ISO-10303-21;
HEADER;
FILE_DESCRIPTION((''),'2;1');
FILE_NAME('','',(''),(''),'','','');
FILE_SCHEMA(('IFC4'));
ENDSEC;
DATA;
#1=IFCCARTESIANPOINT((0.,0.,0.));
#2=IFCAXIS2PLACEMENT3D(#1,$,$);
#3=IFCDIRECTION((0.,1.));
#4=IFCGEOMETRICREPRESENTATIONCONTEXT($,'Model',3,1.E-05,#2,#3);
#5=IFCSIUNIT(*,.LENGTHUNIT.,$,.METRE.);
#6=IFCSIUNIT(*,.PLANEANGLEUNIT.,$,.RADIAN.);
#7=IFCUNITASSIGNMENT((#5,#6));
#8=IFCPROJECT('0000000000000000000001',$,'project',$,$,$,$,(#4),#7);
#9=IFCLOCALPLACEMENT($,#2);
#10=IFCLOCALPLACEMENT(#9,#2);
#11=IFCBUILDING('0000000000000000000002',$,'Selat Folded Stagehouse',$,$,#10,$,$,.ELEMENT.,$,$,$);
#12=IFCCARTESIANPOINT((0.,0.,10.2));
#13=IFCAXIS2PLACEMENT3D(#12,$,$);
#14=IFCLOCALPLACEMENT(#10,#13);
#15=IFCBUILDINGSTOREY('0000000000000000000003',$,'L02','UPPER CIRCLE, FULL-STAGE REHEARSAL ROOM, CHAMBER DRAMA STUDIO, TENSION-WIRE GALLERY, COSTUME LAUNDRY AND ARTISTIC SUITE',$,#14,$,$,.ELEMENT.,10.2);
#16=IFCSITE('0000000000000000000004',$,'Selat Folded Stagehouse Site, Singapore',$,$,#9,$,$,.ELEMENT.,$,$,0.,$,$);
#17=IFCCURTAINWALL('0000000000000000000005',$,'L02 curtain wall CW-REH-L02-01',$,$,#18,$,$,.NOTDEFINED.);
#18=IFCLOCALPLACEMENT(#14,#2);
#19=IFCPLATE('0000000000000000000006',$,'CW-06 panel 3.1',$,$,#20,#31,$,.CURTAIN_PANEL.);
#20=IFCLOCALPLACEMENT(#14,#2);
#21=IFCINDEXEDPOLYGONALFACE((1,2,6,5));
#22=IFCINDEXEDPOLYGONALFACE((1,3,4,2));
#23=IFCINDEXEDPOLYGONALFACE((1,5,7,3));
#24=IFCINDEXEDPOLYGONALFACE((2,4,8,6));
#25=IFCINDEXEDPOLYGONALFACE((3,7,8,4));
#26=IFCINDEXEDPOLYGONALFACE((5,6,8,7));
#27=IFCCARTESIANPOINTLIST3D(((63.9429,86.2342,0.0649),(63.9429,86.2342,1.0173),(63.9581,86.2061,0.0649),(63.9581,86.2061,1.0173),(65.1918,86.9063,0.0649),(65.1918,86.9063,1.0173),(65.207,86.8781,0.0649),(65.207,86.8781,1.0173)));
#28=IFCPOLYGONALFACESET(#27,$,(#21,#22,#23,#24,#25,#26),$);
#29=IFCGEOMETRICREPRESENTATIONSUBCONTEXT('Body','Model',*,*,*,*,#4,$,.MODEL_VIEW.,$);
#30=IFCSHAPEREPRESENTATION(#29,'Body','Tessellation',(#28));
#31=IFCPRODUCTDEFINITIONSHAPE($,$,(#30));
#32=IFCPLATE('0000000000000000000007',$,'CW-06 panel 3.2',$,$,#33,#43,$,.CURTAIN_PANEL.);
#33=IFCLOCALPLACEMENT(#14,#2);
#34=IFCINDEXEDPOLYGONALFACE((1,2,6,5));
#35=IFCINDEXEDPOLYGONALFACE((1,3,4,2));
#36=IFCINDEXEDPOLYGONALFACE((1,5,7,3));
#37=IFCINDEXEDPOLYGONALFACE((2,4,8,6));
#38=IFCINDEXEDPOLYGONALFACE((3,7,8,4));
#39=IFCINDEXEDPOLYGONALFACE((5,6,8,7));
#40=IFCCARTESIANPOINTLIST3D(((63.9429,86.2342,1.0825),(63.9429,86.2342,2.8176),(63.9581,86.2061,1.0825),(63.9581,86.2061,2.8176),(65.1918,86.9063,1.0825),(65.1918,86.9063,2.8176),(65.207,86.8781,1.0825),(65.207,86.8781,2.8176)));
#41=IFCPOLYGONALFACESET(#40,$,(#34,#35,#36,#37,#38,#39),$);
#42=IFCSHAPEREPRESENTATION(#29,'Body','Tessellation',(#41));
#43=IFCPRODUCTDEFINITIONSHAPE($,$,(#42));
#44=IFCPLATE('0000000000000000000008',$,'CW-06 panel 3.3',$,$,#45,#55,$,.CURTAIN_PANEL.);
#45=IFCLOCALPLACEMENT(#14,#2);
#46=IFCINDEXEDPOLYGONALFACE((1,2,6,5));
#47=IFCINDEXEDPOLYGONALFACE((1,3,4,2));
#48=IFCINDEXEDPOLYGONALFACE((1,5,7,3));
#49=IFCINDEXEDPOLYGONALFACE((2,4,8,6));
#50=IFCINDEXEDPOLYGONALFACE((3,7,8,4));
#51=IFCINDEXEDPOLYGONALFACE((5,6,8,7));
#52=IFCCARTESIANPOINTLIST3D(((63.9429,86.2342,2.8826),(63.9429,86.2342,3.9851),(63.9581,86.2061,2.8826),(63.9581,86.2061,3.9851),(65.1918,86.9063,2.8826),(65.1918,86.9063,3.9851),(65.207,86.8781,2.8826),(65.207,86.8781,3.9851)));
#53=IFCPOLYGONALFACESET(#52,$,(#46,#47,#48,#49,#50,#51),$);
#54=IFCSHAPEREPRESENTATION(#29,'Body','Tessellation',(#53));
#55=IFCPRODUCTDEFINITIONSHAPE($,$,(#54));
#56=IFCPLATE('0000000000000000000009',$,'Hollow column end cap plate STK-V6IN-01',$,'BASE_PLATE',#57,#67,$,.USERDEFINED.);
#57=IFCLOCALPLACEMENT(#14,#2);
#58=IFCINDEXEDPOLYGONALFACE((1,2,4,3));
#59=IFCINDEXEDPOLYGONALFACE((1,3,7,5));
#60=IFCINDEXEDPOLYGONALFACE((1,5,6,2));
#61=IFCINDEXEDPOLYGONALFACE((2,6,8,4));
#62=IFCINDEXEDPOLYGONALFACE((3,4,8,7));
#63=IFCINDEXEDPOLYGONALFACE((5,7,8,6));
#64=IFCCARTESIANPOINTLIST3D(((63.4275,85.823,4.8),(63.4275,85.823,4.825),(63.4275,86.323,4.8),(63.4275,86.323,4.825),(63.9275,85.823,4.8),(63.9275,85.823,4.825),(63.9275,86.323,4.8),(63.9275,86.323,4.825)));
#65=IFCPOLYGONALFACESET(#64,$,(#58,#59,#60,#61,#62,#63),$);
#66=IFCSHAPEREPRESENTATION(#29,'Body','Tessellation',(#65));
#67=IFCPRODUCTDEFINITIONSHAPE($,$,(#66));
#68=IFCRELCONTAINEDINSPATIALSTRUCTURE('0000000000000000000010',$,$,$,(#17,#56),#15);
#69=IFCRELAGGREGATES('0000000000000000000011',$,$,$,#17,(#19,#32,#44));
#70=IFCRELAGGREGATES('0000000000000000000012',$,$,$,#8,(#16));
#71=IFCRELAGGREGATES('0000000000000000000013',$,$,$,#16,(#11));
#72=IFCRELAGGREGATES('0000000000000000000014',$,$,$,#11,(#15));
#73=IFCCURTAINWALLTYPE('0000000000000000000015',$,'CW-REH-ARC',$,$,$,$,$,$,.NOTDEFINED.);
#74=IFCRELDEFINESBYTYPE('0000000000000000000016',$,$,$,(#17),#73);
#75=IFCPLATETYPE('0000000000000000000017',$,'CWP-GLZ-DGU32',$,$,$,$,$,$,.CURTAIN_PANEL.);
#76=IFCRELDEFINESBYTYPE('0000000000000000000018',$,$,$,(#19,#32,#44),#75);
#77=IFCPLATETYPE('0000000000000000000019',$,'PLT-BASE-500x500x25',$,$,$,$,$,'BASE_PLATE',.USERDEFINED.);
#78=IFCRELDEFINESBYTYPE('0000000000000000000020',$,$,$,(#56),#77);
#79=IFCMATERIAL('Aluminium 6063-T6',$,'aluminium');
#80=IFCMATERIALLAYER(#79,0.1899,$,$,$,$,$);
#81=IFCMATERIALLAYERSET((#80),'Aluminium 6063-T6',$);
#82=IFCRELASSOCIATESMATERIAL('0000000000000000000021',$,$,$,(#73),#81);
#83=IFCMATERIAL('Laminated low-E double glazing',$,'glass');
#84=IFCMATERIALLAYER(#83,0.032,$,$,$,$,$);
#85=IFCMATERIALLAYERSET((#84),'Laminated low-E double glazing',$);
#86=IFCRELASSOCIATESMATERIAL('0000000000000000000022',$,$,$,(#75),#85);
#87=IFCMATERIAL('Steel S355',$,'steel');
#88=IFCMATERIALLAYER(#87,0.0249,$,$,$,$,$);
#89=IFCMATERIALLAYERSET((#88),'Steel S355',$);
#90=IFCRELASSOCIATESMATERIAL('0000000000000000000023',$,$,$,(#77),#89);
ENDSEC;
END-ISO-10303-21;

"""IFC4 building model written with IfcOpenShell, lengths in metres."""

from ifc_helpers import new_model, si_unit, direction, frame, origin, origin_2d, place, context, subcontext, project, spatial, rectangle, extrude, material, layer, layer_set, type_object, element, aggregate, save


model = new_model("IFC4")

# Units and contexts
model_context = context("Model", 3, precision=1e-05, world=origin(), true_north=direction((0.0, 1.0)))
body_context = subcontext(model_context, "Body", "Model", "MODEL_VIEW")
ifc_project = project(units=[si_unit("LENGTHUNIT", "METRE"), si_unit("PLANEANGLEUNIT", "RADIAN")], contexts=[model_context])

# Site, building, storey
site_placement = place(None, origin())
site = spatial("IfcSite", under=ifc_project, at=site_placement, Name="Selat Folded Stagehouse Site, Singapore", CompositionType="ELEMENT", RefElevation=0.0)
building_placement = place(site_placement, origin())
building = spatial("IfcBuilding", under=site, at=building_placement, Name="Selat Folded Stagehouse", CompositionType="ELEMENT")
storey_placement = place(building_placement, frame((0.0, 0.0, 10.2)))
storey = spatial("IfcBuildingStorey", under=building, at=storey_placement, Name="L02", Description="UPPER CIRCLE, FULL-STAGE REHEARSAL ROOM, CHAMBER DRAMA STUDIO, TENSION-WIRE GALLERY, COSTUME LAUNDRY AND ARTISTIC SUITE", CompositionType="ELEMENT", Elevation=10.2)

# Shared definitions
ifc_material_1 = material(Name="Steel S355", Category="steel")

# Curtain wall
ifc_material_2 = material(Name="Aluminium 6063-T6", Category="aluminium")
ifc_layer_1 = layer(ifc_material_2, 0.1899)
ifc_layer_set_1 = layer_set([ifc_layer_1], Name="Aluminium 6063-T6")
curtain_wall_type = type_object("IfcCurtainWallType", Name="CW-REH-ARC", PredefinedType="NOTDEFINED", material=ifc_layer_set_1)
curtain_wall_1_placement = place(storey_placement, origin())
curtain_wall_1 = element("IfcCurtainWall", 1, at=curtain_wall_1_placement, inside=storey, type_object=curtain_wall_type, Name="L02 curtain wall CW-REH-L02-01", PredefinedType="NOTDEFINED")

# Plates
ifc_material_3 = material(Name="Laminated low-E double glazing", Category="glass")
ifc_layer_2 = layer(ifc_material_3, 0.032)
ifc_layer_set_2 = layer_set([ifc_layer_2], Name="Laminated low-E double glazing")
plate_type_1 = type_object("IfcPlateType", Name="CWP-GLZ-DGU32", PredefinedType="CURTAIN_PANEL", material=ifc_layer_set_2)
plate_1_placement = place(storey_placement, frame((64.575, 86.5562, 0.0649), z_axis=(0.0, 0.0, 1.0), x_axis=(-0.880601, -0.473859, 0.0)))
plate_1 = element("IfcPlate", 2, at=plate_1_placement, type_object=plate_type_1, Name="CW-06 panel 3.1", PredefinedType="CURTAIN_PANEL", context=body_context, shape_type="SweptSolid", body=[
    extrude(rectangle(XDim=1.4182, YDim=0.032, at=origin_2d()), origin(), (0.0, 0.0, 1.0), 0.9524),
])
plate_2_placement = place(storey_placement, frame((64.575, 86.5562, 1.0825), z_axis=(0.0, 0.0, 1.0), x_axis=(-0.880601, -0.473859, 0.0)))
plate_2 = element("IfcPlate", 3, at=plate_2_placement, type_object=plate_type_1, Name="CW-06 panel 3.2", PredefinedType="CURTAIN_PANEL", context=body_context, shape_type="SweptSolid", body=[
    extrude(rectangle(XDim=1.4182, YDim=0.032, at=origin_2d()), origin(), (0.0, 0.0, 1.0), 1.7351),
])
plate_3_placement = place(storey_placement, frame((64.575, 86.5562, 2.8826), z_axis=(0.0, 0.0, 1.0), x_axis=(-0.880601, -0.473859, 0.0)))
plate_3 = element("IfcPlate", 4, at=plate_3_placement, type_object=plate_type_1, Name="CW-06 panel 3.3", PredefinedType="CURTAIN_PANEL", context=body_context, shape_type="SweptSolid", body=[
    extrude(rectangle(XDim=1.4182, YDim=0.032, at=origin_2d()), origin(), (0.0, 0.0, 1.0), 1.1025),
])
aggregate(curtain_wall_1, [plate_1, plate_2, plate_3])
ifc_layer_3 = layer(ifc_material_1, 0.0249)
ifc_layer_set_3 = layer_set([ifc_layer_3], Name="Steel S355")
plate_type_2 = type_object("IfcPlateType", Name="PLT-BASE-500x500x25", ElementType="BASE_PLATE", PredefinedType="USERDEFINED", material=ifc_layer_set_3)
plate_4_placement = place(storey_placement, frame((63.6775, 86.073, 4.8), z_axis=(0.0, 0.0, 1.0), x_axis=(1.0, 0.0, 0.0)))
element("IfcPlate", 5, at=plate_4_placement, inside=storey, type_object=plate_type_2, Name="Hollow column end cap plate STK-V6IN-01", ObjectType="BASE_PLATE", PredefinedType="USERDEFINED", context=body_context, shape_type="SweptSolid", body=[
    extrude(rectangle(XDim=0.5, YDim=0.5, at=origin_2d()), origin(), (0.0, 0.0, 1.0), 0.0249),
])

save(model, "model.ifc")
